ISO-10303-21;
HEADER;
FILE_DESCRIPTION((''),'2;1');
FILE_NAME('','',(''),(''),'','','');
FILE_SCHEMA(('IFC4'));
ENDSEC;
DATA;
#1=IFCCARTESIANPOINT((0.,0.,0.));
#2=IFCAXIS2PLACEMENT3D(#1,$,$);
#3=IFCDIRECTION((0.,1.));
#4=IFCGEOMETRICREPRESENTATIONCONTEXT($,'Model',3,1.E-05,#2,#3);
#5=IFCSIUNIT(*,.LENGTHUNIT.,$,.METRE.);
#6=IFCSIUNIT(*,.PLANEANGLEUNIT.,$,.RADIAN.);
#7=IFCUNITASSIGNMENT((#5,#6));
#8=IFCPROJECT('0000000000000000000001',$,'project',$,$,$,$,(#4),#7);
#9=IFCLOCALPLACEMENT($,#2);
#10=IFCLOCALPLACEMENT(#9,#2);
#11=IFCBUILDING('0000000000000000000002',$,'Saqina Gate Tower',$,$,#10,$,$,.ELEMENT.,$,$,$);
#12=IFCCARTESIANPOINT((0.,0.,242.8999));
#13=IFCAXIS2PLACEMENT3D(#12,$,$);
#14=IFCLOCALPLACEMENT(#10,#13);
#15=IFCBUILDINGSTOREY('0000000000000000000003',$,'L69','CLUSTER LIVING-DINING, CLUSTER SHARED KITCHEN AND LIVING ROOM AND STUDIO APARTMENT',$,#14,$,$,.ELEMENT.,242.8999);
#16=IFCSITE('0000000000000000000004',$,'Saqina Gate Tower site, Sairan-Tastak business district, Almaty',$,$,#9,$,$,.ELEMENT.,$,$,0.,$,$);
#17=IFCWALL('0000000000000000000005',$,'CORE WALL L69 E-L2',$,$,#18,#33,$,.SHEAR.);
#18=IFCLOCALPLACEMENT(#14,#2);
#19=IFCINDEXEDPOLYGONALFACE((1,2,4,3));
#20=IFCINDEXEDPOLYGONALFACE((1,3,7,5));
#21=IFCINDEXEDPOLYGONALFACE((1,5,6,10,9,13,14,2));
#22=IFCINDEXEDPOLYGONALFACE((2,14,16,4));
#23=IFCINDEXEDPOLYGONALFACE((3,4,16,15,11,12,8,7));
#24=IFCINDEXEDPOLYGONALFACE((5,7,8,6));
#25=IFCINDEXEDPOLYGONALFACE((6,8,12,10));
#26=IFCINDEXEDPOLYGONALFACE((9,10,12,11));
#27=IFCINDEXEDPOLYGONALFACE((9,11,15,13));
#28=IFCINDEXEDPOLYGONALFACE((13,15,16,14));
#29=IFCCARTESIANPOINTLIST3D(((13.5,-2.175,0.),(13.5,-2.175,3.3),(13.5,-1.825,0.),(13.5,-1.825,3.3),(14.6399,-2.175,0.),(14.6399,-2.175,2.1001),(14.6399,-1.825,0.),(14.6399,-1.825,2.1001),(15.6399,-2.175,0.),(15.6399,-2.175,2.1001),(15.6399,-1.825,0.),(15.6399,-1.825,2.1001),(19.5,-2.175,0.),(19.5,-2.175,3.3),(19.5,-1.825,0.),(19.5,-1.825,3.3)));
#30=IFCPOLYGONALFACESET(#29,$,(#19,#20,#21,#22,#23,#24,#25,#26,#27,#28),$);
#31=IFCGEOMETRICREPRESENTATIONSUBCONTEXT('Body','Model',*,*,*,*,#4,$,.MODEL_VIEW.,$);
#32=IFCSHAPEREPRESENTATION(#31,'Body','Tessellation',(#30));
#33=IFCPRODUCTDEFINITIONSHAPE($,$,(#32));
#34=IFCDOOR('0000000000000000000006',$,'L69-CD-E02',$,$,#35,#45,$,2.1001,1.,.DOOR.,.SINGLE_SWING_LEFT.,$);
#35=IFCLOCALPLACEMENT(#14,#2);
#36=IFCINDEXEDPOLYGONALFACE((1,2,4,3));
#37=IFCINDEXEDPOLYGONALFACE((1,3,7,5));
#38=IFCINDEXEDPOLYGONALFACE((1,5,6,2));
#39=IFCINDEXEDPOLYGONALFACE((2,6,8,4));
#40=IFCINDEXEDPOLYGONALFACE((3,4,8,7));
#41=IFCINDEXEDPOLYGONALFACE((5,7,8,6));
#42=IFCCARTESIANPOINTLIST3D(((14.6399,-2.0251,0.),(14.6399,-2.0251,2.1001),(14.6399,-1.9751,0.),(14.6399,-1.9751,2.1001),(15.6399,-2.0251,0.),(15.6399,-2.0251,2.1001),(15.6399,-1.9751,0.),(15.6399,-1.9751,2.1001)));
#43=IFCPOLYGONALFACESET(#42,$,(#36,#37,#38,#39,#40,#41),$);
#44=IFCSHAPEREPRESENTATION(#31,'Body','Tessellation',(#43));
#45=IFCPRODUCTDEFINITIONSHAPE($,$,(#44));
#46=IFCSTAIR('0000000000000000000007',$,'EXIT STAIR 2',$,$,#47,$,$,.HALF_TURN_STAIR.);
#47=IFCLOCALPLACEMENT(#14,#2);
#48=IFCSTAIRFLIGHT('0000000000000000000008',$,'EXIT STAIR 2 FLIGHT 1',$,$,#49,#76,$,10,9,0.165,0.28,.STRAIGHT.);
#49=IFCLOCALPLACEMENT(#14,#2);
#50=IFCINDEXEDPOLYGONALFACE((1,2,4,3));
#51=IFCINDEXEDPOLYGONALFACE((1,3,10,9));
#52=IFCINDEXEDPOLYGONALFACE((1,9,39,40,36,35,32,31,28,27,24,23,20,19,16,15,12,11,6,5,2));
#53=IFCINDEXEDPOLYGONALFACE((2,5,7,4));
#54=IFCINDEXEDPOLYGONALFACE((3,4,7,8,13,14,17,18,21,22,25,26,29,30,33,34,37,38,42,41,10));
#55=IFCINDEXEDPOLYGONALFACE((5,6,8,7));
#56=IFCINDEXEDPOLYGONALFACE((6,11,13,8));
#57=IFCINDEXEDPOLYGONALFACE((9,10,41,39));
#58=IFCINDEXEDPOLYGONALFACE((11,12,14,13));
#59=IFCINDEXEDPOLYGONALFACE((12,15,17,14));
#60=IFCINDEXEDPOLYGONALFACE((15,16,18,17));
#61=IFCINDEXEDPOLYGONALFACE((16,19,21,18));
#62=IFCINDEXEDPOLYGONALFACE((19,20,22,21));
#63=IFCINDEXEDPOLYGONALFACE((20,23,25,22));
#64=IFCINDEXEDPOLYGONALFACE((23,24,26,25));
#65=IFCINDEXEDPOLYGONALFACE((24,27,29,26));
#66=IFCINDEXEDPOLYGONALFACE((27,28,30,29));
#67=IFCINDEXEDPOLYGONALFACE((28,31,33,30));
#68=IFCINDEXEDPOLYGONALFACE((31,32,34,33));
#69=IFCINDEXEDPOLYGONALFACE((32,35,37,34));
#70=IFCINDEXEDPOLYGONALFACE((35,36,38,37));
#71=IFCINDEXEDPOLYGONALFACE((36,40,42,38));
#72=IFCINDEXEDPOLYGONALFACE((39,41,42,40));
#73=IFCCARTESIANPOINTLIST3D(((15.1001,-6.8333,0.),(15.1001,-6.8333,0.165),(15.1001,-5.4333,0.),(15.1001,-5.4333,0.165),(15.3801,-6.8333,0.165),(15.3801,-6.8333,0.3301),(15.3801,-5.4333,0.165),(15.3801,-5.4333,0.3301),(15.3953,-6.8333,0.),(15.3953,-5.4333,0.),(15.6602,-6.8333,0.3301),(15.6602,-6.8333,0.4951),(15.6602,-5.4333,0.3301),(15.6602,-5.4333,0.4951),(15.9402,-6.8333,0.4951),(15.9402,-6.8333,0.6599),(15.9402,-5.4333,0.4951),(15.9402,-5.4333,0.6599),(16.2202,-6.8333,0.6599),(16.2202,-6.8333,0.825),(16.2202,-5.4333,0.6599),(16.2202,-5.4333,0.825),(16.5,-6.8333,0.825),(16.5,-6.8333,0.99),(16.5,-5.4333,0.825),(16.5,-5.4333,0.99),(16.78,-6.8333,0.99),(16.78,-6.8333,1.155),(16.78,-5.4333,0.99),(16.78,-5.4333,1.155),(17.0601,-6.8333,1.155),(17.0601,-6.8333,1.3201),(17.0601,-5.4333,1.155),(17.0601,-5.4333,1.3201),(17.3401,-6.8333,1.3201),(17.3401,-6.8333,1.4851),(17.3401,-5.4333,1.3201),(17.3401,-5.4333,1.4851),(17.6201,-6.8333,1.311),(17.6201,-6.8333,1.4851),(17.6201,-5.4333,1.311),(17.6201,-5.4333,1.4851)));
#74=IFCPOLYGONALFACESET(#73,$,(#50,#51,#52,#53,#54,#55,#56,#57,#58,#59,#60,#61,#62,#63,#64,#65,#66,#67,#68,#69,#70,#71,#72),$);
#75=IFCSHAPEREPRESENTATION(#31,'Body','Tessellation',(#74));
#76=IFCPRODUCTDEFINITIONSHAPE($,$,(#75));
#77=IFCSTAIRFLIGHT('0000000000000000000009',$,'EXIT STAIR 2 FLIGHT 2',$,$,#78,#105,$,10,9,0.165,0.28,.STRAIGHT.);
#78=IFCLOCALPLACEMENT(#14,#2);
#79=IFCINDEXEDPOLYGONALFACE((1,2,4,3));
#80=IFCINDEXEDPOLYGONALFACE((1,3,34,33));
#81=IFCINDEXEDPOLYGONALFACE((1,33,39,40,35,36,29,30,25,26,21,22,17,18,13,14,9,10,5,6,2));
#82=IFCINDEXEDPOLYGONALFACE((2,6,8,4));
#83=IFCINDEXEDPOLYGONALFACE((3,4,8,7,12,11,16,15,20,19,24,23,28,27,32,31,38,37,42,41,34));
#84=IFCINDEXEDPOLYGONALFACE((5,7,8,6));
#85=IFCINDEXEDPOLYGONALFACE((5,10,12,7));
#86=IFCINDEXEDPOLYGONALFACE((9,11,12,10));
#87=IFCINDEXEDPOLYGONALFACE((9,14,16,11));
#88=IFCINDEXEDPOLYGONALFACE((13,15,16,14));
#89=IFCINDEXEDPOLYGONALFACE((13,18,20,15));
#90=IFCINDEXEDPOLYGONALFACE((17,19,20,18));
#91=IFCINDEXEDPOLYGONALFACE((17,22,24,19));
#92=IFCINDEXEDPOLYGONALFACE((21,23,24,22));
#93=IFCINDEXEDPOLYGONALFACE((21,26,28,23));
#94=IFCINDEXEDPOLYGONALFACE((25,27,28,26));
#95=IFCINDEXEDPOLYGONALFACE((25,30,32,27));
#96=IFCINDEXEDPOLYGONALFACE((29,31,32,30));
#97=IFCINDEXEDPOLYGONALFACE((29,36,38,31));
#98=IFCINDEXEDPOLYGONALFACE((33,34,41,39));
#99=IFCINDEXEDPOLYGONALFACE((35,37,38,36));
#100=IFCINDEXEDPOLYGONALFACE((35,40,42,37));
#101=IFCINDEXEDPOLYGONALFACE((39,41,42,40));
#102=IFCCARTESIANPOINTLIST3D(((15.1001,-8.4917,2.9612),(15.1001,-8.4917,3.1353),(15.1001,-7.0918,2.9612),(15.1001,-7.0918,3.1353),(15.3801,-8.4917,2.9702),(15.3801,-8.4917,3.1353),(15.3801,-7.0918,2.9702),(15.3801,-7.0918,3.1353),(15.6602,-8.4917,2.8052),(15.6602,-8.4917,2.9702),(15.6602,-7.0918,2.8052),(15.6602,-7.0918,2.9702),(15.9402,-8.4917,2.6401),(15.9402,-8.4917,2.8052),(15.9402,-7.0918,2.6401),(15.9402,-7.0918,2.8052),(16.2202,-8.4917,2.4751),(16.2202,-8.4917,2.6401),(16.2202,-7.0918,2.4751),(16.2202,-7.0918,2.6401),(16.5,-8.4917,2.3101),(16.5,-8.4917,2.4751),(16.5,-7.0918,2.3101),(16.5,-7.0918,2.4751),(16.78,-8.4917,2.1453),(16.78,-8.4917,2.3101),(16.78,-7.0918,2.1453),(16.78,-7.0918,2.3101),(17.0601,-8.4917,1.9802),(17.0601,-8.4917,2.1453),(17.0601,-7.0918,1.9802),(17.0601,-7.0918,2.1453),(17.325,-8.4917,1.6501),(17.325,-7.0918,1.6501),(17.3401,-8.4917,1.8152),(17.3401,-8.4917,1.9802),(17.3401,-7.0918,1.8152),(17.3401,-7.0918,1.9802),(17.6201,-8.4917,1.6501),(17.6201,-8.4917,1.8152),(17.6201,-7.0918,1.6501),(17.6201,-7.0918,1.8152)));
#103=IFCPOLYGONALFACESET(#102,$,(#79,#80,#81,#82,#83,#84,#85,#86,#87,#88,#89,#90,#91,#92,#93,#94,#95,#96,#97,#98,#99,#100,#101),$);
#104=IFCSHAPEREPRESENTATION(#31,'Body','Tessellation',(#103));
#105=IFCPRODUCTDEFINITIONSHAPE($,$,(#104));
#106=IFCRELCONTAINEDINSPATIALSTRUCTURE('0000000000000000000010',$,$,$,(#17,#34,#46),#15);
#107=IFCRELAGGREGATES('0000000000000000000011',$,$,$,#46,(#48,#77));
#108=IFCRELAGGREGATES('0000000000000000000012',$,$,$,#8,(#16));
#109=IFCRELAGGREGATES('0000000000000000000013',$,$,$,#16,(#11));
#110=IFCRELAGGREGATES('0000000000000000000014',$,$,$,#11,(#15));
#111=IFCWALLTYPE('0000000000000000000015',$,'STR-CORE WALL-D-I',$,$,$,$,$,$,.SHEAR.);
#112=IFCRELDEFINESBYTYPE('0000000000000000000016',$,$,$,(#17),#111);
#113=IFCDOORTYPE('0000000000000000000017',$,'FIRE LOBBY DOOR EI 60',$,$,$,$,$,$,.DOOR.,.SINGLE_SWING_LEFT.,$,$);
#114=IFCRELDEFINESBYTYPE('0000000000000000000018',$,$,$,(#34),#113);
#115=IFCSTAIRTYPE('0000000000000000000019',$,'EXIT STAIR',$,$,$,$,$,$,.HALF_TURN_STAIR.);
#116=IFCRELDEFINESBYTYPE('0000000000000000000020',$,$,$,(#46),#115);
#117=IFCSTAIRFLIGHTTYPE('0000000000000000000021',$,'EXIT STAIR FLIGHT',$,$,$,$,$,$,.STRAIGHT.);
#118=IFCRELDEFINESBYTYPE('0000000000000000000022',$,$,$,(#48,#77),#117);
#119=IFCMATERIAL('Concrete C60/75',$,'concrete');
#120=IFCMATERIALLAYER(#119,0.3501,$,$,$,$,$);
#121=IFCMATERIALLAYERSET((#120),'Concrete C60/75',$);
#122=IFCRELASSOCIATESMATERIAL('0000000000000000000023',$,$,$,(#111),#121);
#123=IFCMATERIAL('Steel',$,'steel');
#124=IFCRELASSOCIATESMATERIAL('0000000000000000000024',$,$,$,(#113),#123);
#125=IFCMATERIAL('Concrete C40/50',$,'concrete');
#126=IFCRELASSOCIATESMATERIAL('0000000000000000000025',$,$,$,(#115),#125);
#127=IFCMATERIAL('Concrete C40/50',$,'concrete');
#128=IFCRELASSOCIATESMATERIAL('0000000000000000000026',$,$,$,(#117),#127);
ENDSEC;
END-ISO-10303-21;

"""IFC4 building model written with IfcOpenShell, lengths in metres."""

from ifc_helpers import new_model, si_unit, direction, frame, frame_2d, origin, place, context, subcontext, project, spatial, polyline, rectangle, outline, extrude, material, layer, layer_set, type_object, element, fill, aggregate, save


model = new_model("IFC4")

# Units and contexts
model_context = context("Model", 3, precision=1e-05, world=origin(), true_north=direction((0.0, 1.0)))
body_context = subcontext(model_context, "Body", "Model", "MODEL_VIEW")
ifc_project = project(units=[si_unit("LENGTHUNIT", "METRE"), si_unit("PLANEANGLEUNIT", "RADIAN")], contexts=[model_context])

# Site, building, storey
site_placement = place(None, origin())
site = spatial("IfcSite", under=ifc_project, at=site_placement, Name="Saqina Gate Tower site, Sairan-Tastak business district, Almaty", CompositionType="ELEMENT", RefElevation=0.0)
building_placement = place(site_placement, origin())
building = spatial("IfcBuilding", under=site, at=building_placement, Name="Saqina Gate Tower", CompositionType="ELEMENT")
storey_placement = place(building_placement, frame((0.0, 0.0, 242.8999)))
storey = spatial("IfcBuildingStorey", under=building, at=storey_placement, Name="L69", Description="CLUSTER LIVING-DINING, CLUSTER SHARED KITCHEN AND LIVING ROOM AND STUDIO APARTMENT", CompositionType="ELEMENT", Elevation=242.8999)

# Wall, opening, door
ifc_material_1 = material(Name="Concrete C60/75", Category="concrete")
ifc_layer_1 = layer(ifc_material_1, 0.3501)
ifc_layer_set_1 = layer_set([ifc_layer_1], Name="Concrete C60/75")
wall_type_1 = type_object("IfcWallType", Name="STR-CORE WALL-D-I", PredefinedType="SHEAR", material=ifc_layer_set_1)
wall_1_placement = place(storey_placement, frame((13.5, -2.0, 0.0), z_axis=(0.0, 0.0, 1.0), x_axis=(1.0, 0.0, 0.0)))
wall_1 = element("IfcWall", 1, at=wall_1_placement, inside=storey, type_object=wall_type_1, Name="CORE WALL L69 E-L2", PredefinedType="SHEAR", context=body_context, shape_type="SweptSolid", body=[
    extrude(rectangle(XDim=6.0, YDim=0.3501, at=frame_2d((3.0, 0.0))), origin(), (0.0, 0.0, 1.0), 3.3),
])
opening_1_placement = place(wall_1_placement, frame((1.1399, 0.0, 0.0)))
opening_1 = element("IfcOpeningElement", 2, at=opening_1_placement, cuts=wall_1, PredefinedType="OPENING", context=body_context, shape_type="SweptSolid", body=[
    extrude(rectangle(XDim=1.0, YDim=2.1001, at=frame_2d((0.5, 1.05))), frame((0.0, 0.187, 0.0), z_axis=(0.0, -1.0, 0.0), x_axis=(1.0, 0.0, 0.0)), (0.0, 0.0, 1.0), 0.374),
])
ifc_material_2 = material(Name="Steel", Category="steel")
door_type_1 = type_object("IfcDoorType", Name="FIRE LOBBY DOOR EI 60", OperationType="SINGLE_SWING_LEFT", PredefinedType="DOOR", material=ifc_material_2)
door_1_placement = place(opening_1_placement, origin())
door_1 = element("IfcDoor", 3, at=door_1_placement, inside=storey, type_object=door_type_1, Name="L69-CD-E02", OperationType="SINGLE_SWING_LEFT", OverallHeight=2.1001, OverallWidth=1.0, PredefinedType="DOOR", context=body_context, shape_type="SweptSolid", body=[
    extrude(rectangle(XDim=1.0, YDim=2.1001, at=frame_2d((0.5, 1.05))), frame((0.0, 0.0249, 0.0), z_axis=(0.0, -1.0, 0.0), x_axis=(1.0, 0.0, 0.0)), (0.0, 0.0, 1.0), 0.05),
])
fill(opening_1, door_1)

# Stair, stair flights
ifc_material_3 = material(Name="Concrete C40/50", Category="concrete")
stair_type = type_object("IfcStairType", Name="EXIT STAIR", PredefinedType="HALF_TURN_STAIR", material=ifc_material_3)
stair_placement = place(storey_placement, origin())
stair = element("IfcStair", 4, at=stair_placement, inside=storey, type_object=stair_type, Name="EXIT STAIR 2", PredefinedType="HALF_TURN_STAIR")
ifc_material_4 = material(Name="Concrete C40/50", Category="concrete")
stair_flight_type = type_object("IfcStairFlightType", Name="EXIT STAIR FLIGHT", PredefinedType="STRAIGHT", material=ifc_material_4)
stair_flight_1_placement = place(storey_placement, frame((15.1001, -6.1333, 0.0), z_axis=(0.0, 0.0, 1.0), x_axis=(1.0, 0.0, 0.0)))
stair_flight_1 = element("IfcStairFlight", 5, at=stair_flight_1_placement, type_object=stair_flight_type, Name="EXIT STAIR 2 FLIGHT 1", NumberOfRisers=10, NumberOfTreads=9, PredefinedType="STRAIGHT", RiserHeight=0.165, TreadLength=0.28, context=body_context, shape_type="SweptSolid", body=[
    extrude(outline(polyline([(0.0, 0.0), (0.0, 0.165), (0.28, 0.165), (0.28, 0.3301), (0.5601, 0.3301), (0.5601, 0.4951), (0.8401, 0.4951), (0.8401, 0.6599), (1.1201, 0.6599), (1.1201, 0.825), (1.3999, 0.825), (1.3999, 0.99), (1.6799, 0.99), (1.6799, 1.155), (1.96, 1.155), (1.96, 1.3201), (2.24, 1.3201), (2.24, 1.4851), (2.52, 1.4851), (2.52, 1.6499), (2.52, 1.311), (0.2952, 0.0), (0.0, 0.0)])), frame((0.0, 0.7, 0.0), z_axis=(0.0, -1.0, 0.0), x_axis=(1.0, 0.0, 0.0)), (0.0, 0.0, 1.0), 1.3999),
])
stair_flight_2_placement = place(storey_placement, frame((17.6201, -7.7917, 1.6501), z_axis=(0.0, 0.0, 1.0), x_axis=(-1.0, 0.0, 0.0)))
stair_flight_2 = element("IfcStairFlight", 6, at=stair_flight_2_placement, type_object=stair_flight_type, Name="EXIT STAIR 2 FLIGHT 2", NumberOfRisers=10, NumberOfTreads=9, PredefinedType="STRAIGHT", RiserHeight=0.165, TreadLength=0.28, context=body_context, shape_type="SweptSolid", body=[
    extrude(outline(polyline([(0.0, 0.0), (0.0, 0.165), (0.28, 0.165), (0.28, 0.3301), (0.5601, 0.3301), (0.5601, 0.4951), (0.8401, 0.4951), (0.8401, 0.6599), (1.1201, 0.6599), (1.1201, 0.825), (1.3999, 0.825), (1.3999, 0.99), (1.6799, 0.99), (1.6799, 1.155), (1.96, 1.155), (1.96, 1.3201), (2.24, 1.3201), (2.24, 1.4851), (2.52, 1.4851), (2.52, 1.6499), (2.52, 1.311), (0.2952, 0.0), (0.0, 0.0)])), frame((0.0, 0.7, 0.0), z_axis=(0.0, -1.0, 0.0), x_axis=(1.0, 0.0, 0.0)), (0.0, 0.0, 1.0), 1.3999),
])
aggregate(stair, [stair_flight_1, stair_flight_2])

save(model, "model.ifc")
